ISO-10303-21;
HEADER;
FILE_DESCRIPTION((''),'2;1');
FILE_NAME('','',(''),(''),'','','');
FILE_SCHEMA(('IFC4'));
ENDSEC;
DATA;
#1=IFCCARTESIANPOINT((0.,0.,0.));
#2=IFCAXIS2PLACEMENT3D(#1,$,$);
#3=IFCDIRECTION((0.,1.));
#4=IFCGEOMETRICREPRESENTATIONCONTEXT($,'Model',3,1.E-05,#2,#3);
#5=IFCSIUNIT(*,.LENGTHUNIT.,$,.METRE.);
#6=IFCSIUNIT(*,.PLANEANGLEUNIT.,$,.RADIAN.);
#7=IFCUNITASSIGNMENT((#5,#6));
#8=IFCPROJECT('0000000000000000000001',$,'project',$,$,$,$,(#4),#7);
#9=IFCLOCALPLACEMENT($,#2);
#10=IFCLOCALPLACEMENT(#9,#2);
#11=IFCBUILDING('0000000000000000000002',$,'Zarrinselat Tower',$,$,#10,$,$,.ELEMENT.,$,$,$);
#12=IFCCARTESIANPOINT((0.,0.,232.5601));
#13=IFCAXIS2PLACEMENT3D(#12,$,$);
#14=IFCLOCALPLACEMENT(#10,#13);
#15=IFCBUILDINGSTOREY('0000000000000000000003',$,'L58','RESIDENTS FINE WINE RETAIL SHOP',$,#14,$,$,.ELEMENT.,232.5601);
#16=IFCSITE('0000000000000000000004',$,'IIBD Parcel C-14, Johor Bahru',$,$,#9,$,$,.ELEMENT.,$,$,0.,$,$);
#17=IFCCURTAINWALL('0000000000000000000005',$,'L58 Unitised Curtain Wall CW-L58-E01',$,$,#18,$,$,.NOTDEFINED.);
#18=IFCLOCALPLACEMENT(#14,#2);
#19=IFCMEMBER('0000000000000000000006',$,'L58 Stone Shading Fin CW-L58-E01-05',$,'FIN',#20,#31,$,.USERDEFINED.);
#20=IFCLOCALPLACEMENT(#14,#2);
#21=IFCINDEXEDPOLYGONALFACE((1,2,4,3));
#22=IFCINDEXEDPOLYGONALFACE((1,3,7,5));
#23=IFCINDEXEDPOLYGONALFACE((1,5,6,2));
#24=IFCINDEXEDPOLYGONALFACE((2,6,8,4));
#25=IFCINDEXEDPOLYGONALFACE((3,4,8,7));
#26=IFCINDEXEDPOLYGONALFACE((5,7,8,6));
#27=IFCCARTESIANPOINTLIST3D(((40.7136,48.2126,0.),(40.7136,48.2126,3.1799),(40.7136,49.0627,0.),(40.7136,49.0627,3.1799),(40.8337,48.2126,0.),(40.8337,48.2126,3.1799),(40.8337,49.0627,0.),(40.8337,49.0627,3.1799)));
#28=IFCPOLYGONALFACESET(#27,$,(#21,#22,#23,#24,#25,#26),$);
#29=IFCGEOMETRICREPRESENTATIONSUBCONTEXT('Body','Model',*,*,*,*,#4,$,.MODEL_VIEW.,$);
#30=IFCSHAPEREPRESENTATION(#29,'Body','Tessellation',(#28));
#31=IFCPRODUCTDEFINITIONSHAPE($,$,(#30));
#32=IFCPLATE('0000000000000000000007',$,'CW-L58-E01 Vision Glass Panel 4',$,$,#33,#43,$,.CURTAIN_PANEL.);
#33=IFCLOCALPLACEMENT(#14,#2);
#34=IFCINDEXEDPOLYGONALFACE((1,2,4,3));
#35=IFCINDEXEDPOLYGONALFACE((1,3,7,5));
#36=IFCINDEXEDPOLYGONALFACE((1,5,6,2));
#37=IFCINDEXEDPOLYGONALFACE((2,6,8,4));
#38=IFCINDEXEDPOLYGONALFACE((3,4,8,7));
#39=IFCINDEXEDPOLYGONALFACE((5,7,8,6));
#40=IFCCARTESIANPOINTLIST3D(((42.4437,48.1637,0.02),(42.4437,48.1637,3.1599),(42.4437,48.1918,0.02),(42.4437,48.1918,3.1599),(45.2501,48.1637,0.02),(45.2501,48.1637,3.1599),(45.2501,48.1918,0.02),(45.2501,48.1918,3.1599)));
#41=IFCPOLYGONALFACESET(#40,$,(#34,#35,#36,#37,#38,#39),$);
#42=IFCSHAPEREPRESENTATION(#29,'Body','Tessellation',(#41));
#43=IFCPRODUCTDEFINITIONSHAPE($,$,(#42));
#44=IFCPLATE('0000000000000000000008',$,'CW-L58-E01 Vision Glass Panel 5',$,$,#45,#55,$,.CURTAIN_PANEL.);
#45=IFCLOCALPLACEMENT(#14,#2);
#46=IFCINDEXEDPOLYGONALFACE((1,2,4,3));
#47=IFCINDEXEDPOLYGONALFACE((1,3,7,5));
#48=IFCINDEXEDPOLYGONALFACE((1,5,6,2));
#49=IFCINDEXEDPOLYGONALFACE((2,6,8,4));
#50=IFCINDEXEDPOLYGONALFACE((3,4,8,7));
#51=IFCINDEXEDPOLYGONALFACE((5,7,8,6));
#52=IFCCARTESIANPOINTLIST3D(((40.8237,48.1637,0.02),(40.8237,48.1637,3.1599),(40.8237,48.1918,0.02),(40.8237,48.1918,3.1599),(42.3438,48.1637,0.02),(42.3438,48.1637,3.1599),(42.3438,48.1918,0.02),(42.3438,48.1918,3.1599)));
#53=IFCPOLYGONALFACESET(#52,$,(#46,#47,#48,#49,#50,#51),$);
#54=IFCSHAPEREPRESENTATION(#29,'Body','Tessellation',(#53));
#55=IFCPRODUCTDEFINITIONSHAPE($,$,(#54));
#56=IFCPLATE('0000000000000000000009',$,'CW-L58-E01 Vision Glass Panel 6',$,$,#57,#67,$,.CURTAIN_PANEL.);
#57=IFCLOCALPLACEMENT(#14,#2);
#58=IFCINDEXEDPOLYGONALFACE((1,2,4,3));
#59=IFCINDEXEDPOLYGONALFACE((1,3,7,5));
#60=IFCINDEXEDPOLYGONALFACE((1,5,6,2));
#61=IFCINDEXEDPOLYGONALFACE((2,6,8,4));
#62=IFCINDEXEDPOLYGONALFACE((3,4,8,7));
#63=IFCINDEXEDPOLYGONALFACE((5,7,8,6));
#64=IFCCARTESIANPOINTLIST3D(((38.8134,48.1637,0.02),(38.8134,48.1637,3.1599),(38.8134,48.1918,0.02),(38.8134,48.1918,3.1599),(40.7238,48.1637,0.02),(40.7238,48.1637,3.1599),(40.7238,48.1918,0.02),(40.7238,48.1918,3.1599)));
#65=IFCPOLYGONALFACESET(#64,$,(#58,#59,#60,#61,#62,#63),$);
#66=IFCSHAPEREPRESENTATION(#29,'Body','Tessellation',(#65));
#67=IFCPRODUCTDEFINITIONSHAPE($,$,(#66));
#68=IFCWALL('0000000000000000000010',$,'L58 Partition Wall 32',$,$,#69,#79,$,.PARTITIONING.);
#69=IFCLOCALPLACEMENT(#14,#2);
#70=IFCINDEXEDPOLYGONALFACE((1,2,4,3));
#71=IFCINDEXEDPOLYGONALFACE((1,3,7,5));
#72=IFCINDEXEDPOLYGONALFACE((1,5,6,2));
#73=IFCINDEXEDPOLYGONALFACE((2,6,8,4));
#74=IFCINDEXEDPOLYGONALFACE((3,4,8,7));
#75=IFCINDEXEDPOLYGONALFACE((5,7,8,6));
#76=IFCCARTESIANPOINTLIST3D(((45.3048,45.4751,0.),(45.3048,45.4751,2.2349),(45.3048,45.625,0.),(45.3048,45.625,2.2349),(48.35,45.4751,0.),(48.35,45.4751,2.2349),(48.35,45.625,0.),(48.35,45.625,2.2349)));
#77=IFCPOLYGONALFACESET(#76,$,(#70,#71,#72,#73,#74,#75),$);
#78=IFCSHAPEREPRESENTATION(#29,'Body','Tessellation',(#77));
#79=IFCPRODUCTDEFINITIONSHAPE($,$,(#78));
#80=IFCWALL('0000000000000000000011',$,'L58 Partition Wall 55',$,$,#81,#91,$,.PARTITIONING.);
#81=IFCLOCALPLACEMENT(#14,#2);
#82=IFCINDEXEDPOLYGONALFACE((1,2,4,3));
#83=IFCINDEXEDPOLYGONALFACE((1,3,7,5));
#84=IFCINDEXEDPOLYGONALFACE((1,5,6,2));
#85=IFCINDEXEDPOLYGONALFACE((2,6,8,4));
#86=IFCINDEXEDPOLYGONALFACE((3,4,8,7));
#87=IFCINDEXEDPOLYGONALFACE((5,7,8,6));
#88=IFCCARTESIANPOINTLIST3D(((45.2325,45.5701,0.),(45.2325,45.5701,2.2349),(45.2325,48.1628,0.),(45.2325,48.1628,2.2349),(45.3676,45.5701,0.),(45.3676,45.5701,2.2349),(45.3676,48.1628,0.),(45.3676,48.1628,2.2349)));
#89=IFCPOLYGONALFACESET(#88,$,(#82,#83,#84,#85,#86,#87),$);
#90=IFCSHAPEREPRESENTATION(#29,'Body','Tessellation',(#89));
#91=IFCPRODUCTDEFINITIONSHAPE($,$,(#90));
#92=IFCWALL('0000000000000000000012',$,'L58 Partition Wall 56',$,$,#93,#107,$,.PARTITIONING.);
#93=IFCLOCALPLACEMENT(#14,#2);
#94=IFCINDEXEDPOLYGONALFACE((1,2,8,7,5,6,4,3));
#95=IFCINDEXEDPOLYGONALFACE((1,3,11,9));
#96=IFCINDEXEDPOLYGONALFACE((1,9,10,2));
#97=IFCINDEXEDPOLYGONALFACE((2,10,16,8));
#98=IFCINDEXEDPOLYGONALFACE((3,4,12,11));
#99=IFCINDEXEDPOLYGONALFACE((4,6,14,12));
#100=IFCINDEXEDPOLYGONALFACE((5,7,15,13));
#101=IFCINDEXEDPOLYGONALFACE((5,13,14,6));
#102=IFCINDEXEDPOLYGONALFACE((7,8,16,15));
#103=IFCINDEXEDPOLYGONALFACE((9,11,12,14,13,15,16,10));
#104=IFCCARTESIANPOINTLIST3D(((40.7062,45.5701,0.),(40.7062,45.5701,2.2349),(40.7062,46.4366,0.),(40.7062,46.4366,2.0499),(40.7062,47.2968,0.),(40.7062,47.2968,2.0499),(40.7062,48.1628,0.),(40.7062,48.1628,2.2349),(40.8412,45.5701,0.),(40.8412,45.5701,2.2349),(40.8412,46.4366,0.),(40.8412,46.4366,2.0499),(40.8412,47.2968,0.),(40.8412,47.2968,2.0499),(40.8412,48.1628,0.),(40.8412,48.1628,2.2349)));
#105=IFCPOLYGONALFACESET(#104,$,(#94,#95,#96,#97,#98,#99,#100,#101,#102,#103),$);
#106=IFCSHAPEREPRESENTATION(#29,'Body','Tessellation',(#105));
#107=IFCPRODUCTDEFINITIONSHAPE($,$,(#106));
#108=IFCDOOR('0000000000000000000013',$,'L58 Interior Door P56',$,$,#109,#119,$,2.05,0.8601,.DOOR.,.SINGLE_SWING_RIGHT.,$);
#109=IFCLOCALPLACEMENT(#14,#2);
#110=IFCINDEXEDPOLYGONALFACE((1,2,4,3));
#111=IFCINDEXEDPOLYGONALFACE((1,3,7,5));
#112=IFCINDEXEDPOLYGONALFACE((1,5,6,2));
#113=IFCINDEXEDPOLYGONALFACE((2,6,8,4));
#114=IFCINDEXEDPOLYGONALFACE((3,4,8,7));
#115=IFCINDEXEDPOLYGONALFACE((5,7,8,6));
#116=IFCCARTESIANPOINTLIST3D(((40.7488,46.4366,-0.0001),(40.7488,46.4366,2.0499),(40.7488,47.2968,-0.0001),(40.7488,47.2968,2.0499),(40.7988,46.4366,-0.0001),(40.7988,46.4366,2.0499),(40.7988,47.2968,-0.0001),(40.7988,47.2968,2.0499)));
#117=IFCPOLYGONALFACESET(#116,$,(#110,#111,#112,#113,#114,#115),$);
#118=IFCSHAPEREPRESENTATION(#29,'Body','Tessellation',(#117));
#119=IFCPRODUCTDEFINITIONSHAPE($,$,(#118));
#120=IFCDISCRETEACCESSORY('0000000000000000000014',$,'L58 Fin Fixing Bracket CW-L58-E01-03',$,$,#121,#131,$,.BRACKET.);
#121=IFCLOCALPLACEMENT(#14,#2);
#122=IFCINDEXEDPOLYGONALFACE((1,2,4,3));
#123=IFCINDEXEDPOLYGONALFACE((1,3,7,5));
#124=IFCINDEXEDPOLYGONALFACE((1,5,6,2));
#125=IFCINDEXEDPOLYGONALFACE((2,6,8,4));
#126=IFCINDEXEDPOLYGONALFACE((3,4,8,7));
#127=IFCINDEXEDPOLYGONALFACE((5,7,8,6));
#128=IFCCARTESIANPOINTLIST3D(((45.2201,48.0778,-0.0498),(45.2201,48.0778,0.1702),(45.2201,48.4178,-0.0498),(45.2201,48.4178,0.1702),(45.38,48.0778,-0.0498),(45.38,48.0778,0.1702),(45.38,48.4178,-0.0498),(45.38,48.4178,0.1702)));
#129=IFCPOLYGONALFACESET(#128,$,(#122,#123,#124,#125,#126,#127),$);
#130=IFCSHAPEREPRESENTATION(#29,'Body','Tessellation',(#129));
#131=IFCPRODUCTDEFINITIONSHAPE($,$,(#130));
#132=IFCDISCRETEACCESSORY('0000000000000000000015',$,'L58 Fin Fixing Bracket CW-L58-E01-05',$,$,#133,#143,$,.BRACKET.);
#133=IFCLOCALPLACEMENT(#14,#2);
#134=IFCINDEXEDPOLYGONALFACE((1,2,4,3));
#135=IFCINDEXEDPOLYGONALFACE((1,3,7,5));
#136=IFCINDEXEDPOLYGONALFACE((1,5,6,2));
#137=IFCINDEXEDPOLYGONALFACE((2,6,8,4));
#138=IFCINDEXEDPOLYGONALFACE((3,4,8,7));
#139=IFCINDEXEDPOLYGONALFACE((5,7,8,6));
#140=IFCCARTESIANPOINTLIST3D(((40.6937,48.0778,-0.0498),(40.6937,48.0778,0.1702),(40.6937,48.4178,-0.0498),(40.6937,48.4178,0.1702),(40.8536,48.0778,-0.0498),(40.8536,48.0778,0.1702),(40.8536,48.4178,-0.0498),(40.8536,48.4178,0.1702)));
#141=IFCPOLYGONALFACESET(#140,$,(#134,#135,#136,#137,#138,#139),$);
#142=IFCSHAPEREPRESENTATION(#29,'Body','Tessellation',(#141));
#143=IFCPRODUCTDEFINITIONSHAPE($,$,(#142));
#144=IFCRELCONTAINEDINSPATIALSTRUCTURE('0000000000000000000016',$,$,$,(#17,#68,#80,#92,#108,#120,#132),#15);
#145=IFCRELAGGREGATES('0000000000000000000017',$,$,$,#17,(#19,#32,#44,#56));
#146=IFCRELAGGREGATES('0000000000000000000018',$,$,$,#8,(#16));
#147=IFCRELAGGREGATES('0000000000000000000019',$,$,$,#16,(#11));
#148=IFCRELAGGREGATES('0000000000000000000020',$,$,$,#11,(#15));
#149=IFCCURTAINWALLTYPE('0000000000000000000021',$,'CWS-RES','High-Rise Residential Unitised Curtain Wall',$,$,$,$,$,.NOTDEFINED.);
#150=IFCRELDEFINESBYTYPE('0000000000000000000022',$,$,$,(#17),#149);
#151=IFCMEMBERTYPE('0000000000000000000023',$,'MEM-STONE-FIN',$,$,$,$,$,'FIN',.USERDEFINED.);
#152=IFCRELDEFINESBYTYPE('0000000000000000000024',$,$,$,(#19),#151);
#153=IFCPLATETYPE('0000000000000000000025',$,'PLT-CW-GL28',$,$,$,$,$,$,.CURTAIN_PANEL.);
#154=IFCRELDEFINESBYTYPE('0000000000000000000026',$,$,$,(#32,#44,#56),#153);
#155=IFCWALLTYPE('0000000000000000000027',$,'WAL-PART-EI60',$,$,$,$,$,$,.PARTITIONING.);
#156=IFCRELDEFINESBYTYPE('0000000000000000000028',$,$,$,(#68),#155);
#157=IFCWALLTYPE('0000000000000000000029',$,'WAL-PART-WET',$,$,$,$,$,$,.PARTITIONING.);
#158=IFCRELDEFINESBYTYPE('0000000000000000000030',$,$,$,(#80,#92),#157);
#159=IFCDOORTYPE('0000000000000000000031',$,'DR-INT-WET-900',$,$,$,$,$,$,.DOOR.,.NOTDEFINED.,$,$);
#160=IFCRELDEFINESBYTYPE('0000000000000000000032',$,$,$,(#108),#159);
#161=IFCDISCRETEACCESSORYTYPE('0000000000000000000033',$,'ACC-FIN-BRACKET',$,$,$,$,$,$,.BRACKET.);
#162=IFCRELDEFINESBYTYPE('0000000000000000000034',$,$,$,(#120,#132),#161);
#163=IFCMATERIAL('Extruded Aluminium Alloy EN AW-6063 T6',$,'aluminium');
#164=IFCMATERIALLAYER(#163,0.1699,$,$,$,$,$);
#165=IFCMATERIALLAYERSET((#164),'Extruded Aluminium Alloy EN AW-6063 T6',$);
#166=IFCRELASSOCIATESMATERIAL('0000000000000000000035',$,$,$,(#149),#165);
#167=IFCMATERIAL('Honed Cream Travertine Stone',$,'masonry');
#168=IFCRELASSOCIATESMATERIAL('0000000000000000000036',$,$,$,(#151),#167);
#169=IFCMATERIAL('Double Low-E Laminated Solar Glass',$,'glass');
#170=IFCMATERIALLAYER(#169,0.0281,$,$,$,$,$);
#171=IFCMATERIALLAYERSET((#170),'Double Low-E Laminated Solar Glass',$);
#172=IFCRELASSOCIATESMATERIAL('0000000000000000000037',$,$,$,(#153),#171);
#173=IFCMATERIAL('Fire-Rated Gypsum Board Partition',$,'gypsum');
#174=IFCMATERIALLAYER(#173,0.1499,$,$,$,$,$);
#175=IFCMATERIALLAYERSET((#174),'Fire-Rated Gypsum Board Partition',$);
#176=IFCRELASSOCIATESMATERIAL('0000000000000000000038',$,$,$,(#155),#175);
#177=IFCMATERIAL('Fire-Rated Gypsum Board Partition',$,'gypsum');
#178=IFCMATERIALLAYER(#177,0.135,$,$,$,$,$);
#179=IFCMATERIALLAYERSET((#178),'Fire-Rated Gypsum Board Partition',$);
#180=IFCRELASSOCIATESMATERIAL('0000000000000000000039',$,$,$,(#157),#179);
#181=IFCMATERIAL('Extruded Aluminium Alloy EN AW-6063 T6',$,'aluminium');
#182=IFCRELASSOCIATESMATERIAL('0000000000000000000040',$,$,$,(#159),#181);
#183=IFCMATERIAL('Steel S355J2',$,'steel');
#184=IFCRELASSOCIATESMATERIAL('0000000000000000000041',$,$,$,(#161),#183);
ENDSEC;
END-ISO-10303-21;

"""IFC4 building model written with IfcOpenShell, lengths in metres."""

from ifc_helpers import new_model, si_unit, direction, frame, frame_2d, origin, origin_2d, place, context, subcontext, project, spatial, rectangle, extrude, material, layer, layer_set, material_profile, profile_set, type_object, element, fill, aggregate, save


model = new_model("IFC4")

# Units and contexts
model_context = context("Model", 3, precision=1e-05, world=origin(), true_north=direction((0.0, 1.0)))
body_context = subcontext(model_context, "Body", "Model", "MODEL_VIEW")
ifc_project = project(units=[si_unit("LENGTHUNIT", "METRE"), si_unit("PLANEANGLEUNIT", "RADIAN")], contexts=[model_context])

# Site, building, storey
site_placement = place(None, origin())
site = spatial("IfcSite", under=ifc_project, at=site_placement, Name="IIBD Parcel C-14, Johor Bahru", CompositionType="ELEMENT", RefElevation=0.0)
building_placement = place(site_placement, origin())
building = spatial("IfcBuilding", under=site, at=building_placement, Name="Zarrinselat Tower", CompositionType="ELEMENT")
storey_placement = place(building_placement, frame((0.0, 0.0, 232.5601)))
storey = spatial("IfcBuildingStorey", under=building, at=storey_placement, Name="L58", Description="RESIDENTS FINE WINE RETAIL SHOP", CompositionType="ELEMENT", Elevation=232.5601)

# Curtain wall, member, plates
ifc_material_1 = material(Name="Extruded Aluminium Alloy EN AW-6063 T6", Category="aluminium")
ifc_layer_1 = layer(ifc_material_1, 0.1699)
ifc_layer_set_1 = layer_set([ifc_layer_1], Name="Extruded Aluminium Alloy EN AW-6063 T6")
curtain_wall_type = type_object("IfcCurtainWallType", Name="CWS-RES", Description="High-Rise Residential Unitised Curtain Wall", PredefinedType="NOTDEFINED", material=ifc_layer_set_1)
curtain_wall_placement = place(storey_placement, origin())
curtain_wall = element("IfcCurtainWall", 1, at=curtain_wall_placement, inside=storey, type_object=curtain_wall_type, Name="L58 Unitised Curtain Wall CW-L58-E01", PredefinedType="NOTDEFINED")
ifc_material_2 = material(Name="Honed Cream Travertine Stone", Category="masonry")
ifc_material_profile_1 = material_profile(ifc_material_2, rectangle(XDim=0.1201, YDim=0.8501, at=origin_2d()), Name="FIN 850x120")
ifc_profile_set_1 = profile_set([ifc_material_profile_1], Name="Honed Cream Travertine Stone")
member_type_1 = type_object("IfcMemberType", Name="MEM-STONE-FIN", ElementType="FIN", PredefinedType="USERDEFINED", material=ifc_profile_set_1)
member_1_placement = place(storey_placement, frame((40.7737, 48.6377, 0.0), z_axis=(0.0, 0.0, 1.0), x_axis=(1.0, 0.0, 0.0)))
member_1 = element("IfcMember", 2, at=member_1_placement, type_object=member_type_1, Name="L58 Stone Shading Fin CW-L58-E01-05", ObjectType="FIN", PredefinedType="USERDEFINED", context=body_context, shape_type="SweptSolid", body=[
    extrude(rectangle(XDim=0.1201, YDim=0.8501, at=origin_2d()), origin(), (0.0, 0.0, 1.0), 3.1799),
])
ifc_material_3 = material(Name="Double Low-E Laminated Solar Glass", Category="glass")
ifc_layer_2 = layer(ifc_material_3, 0.0281)
ifc_layer_set_2 = layer_set([ifc_layer_2], Name="Double Low-E Laminated Solar Glass")
plate_type = type_object("IfcPlateType", Name="PLT-CW-GL28", PredefinedType="CURTAIN_PANEL", material=ifc_layer_set_2)
plate_1_placement = place(storey_placement, frame((43.8469, 48.1777, 0.02), z_axis=(0.0, 0.0, 1.0), x_axis=(-1.0, 0.0, 0.0)))
plate_1 = element("IfcPlate", 3, at=plate_1_placement, type_object=plate_type, Name="CW-L58-E01 Vision Glass Panel 4", PredefinedType="CURTAIN_PANEL", context=body_context, shape_type="SweptSolid", body=[
    extrude(rectangle(XDim=2.8064, YDim=0.0281, at=origin_2d()), origin(), (0.0, 0.0, 1.0), 3.1399),
])
plate_2_placement = place(storey_placement, frame((41.5837, 48.1777, 0.02), z_axis=(0.0, 0.0, 1.0), x_axis=(-1.0, 0.0, 0.0)))
plate_2 = element("IfcPlate", 4, at=plate_2_placement, type_object=plate_type, Name="CW-L58-E01 Vision Glass Panel 5", PredefinedType="CURTAIN_PANEL", context=body_context, shape_type="SweptSolid", body=[
    extrude(rectangle(XDim=1.52, YDim=0.0281, at=origin_2d()), origin(), (0.0, 0.0, 1.0), 3.1399),
])
plate_3_placement = place(storey_placement, frame((39.7686, 48.1777, 0.02), z_axis=(0.0, 0.0, 1.0), x_axis=(-1.0, 0.0, 0.0)))
plate_3 = element("IfcPlate", 5, at=plate_3_placement, type_object=plate_type, Name="CW-L58-E01 Vision Glass Panel 6", PredefinedType="CURTAIN_PANEL", context=body_context, shape_type="SweptSolid", body=[
    extrude(rectangle(XDim=1.9104, YDim=0.0281, at=origin_2d()), origin(), (0.0, 0.0, 1.0), 3.1399),
])
aggregate(curtain_wall, [member_1, plate_1, plate_2, plate_3])

# Walls
ifc_material_4 = material(Name="Fire-Rated Gypsum Board Partition", Category="gypsum")
ifc_layer_3 = layer(ifc_material_4, 0.1499)
ifc_layer_set_3 = layer_set([ifc_layer_3], Name="Fire-Rated Gypsum Board Partition")
wall_type_1 = type_object("IfcWallType", Name="WAL-PART-EI60", PredefinedType="PARTITIONING", material=ifc_layer_set_3)
wall_1_placement = place(storey_placement, frame((45.3049, 45.55, 0.0), z_axis=(0.0, 0.0, 1.0), x_axis=(1.0, 0.0, 0.0)))
element("IfcWall", 6, at=wall_1_placement, inside=storey, type_object=wall_type_1, Name="L58 Partition Wall 32", PredefinedType="PARTITIONING", context=body_context, shape_type="SweptSolid", body=[
    extrude(rectangle(XDim=3.0452, YDim=0.1499, at=frame_2d((1.5225, 0.0))), origin(), (0.0, 0.0, 1.0), 2.2349),
])
ifc_material_5 = material(Name="Fire-Rated Gypsum Board Partition", Category="gypsum")
ifc_layer_4 = layer(ifc_material_5, 0.135)
ifc_layer_set_4 = layer_set([ifc_layer_4], Name="Fire-Rated Gypsum Board Partition")
wall_type_2 = type_object("IfcWallType", Name="WAL-PART-WET", PredefinedType="PARTITIONING", material=ifc_layer_set_4)
wall_2_placement = place(storey_placement, frame((45.3, 45.5701, 0.0), z_axis=(0.0, 0.0, 1.0), x_axis=(0.0, 1.0, 0.0)))
element("IfcWall", 7, at=wall_2_placement, inside=storey, type_object=wall_type_2, Name="L58 Partition Wall 55", PredefinedType="PARTITIONING", context=body_context, shape_type="SweptSolid", body=[
    extrude(rectangle(XDim=2.5928, YDim=0.135, at=frame_2d((1.2964, 0.0))), origin(), (0.0, 0.0, 1.0), 2.2349),
])

# Wall, opening, door
wall_3_placement = place(storey_placement, frame((40.7737, 45.5701, 0.0), z_axis=(0.0, 0.0, 1.0), x_axis=(0.0, 1.0, 0.0)))
wall_3 = element("IfcWall", 8, at=wall_3_placement, inside=storey, type_object=wall_type_2, Name="L58 Partition Wall 56", PredefinedType="PARTITIONING", context=body_context, shape_type="SweptSolid", body=[
    extrude(rectangle(XDim=2.5928, YDim=0.135, at=frame_2d((1.2964, 0.0))), origin(), (0.0, 0.0, 1.0), 2.2349),
])
opening_placement = place(wall_3_placement, frame((0.8665, 0.0, 0.0)))
opening = element("IfcOpeningElement", 9, at=opening_placement, cuts=wall_3, PredefinedType="OPENING", context=body_context, shape_type="SweptSolid", body=[
    extrude(rectangle(XDim=0.8601, YDim=2.05, at=frame_2d((0.4302, 1.0249))), frame((0.0, 0.0774, 0.0), z_axis=(0.0, -1.0, 0.0), x_axis=(1.0, 0.0, 0.0)), (0.0, 0.0, 1.0), 0.155),
])
ifc_material_6 = material(Name="Extruded Aluminium Alloy EN AW-6063 T6", Category="aluminium")
door_type = type_object("IfcDoorType", Name="DR-INT-WET-900", OperationType="NOTDEFINED", PredefinedType="DOOR", material=ifc_material_6)
door_placement = place(opening_placement, origin())
door = element("IfcDoor", 10, at=door_placement, inside=storey, type_object=door_type, Name="L58 Interior Door P56", OperationType="SINGLE_SWING_RIGHT", OverallHeight=2.05, OverallWidth=0.8601, PredefinedType="DOOR", context=body_context, shape_type="SweptSolid", body=[
    extrude(rectangle(XDim=0.8601, YDim=2.05, at=frame_2d((0.4302, 1.0249))), frame((0.0, 0.0249, 0.0), z_axis=(0.0, -1.0, 0.0), x_axis=(1.0, 0.0, 0.0)), (0.0, 0.0, 1.0), 0.05),
])
fill(opening, door)

# Discrete accessories
ifc_material_7 = material(Name="Steel S355J2", Category="steel")
discrete_accessory_type = type_object("IfcDiscreteAccessoryType", Name="ACC-FIN-BRACKET", PredefinedType="BRACKET", material=ifc_material_7)
for number, where, z_axis, x_axis, name in (
    (11, (45.3, 48.2478, -0.0498), (0.0, 0.0, 1.0), (0.0, 1.0, 0.0), "L58 Fin Fixing Bracket CW-L58-E01-03"),
    (12, (40.7737, 48.2478, -0.0498), (0.0, 0.0, 1.0), (0.0, 1.0, 0.0), "L58 Fin Fixing Bracket CW-L58-E01-05"),
):
    element("IfcDiscreteAccessory", number, at=place(storey_placement, frame(where, z_axis=z_axis, x_axis=x_axis)), inside=storey, type_object=discrete_accessory_type, Name=name, PredefinedType="BRACKET", context=body_context, shape_type="SweptSolid", body=[
        extrude(rectangle(XDim=0.3401, YDim=0.1599, at=origin_2d()), origin(), (0.0, 0.0, 1.0), 0.22),
    ])

save(model, "model.ifc")
